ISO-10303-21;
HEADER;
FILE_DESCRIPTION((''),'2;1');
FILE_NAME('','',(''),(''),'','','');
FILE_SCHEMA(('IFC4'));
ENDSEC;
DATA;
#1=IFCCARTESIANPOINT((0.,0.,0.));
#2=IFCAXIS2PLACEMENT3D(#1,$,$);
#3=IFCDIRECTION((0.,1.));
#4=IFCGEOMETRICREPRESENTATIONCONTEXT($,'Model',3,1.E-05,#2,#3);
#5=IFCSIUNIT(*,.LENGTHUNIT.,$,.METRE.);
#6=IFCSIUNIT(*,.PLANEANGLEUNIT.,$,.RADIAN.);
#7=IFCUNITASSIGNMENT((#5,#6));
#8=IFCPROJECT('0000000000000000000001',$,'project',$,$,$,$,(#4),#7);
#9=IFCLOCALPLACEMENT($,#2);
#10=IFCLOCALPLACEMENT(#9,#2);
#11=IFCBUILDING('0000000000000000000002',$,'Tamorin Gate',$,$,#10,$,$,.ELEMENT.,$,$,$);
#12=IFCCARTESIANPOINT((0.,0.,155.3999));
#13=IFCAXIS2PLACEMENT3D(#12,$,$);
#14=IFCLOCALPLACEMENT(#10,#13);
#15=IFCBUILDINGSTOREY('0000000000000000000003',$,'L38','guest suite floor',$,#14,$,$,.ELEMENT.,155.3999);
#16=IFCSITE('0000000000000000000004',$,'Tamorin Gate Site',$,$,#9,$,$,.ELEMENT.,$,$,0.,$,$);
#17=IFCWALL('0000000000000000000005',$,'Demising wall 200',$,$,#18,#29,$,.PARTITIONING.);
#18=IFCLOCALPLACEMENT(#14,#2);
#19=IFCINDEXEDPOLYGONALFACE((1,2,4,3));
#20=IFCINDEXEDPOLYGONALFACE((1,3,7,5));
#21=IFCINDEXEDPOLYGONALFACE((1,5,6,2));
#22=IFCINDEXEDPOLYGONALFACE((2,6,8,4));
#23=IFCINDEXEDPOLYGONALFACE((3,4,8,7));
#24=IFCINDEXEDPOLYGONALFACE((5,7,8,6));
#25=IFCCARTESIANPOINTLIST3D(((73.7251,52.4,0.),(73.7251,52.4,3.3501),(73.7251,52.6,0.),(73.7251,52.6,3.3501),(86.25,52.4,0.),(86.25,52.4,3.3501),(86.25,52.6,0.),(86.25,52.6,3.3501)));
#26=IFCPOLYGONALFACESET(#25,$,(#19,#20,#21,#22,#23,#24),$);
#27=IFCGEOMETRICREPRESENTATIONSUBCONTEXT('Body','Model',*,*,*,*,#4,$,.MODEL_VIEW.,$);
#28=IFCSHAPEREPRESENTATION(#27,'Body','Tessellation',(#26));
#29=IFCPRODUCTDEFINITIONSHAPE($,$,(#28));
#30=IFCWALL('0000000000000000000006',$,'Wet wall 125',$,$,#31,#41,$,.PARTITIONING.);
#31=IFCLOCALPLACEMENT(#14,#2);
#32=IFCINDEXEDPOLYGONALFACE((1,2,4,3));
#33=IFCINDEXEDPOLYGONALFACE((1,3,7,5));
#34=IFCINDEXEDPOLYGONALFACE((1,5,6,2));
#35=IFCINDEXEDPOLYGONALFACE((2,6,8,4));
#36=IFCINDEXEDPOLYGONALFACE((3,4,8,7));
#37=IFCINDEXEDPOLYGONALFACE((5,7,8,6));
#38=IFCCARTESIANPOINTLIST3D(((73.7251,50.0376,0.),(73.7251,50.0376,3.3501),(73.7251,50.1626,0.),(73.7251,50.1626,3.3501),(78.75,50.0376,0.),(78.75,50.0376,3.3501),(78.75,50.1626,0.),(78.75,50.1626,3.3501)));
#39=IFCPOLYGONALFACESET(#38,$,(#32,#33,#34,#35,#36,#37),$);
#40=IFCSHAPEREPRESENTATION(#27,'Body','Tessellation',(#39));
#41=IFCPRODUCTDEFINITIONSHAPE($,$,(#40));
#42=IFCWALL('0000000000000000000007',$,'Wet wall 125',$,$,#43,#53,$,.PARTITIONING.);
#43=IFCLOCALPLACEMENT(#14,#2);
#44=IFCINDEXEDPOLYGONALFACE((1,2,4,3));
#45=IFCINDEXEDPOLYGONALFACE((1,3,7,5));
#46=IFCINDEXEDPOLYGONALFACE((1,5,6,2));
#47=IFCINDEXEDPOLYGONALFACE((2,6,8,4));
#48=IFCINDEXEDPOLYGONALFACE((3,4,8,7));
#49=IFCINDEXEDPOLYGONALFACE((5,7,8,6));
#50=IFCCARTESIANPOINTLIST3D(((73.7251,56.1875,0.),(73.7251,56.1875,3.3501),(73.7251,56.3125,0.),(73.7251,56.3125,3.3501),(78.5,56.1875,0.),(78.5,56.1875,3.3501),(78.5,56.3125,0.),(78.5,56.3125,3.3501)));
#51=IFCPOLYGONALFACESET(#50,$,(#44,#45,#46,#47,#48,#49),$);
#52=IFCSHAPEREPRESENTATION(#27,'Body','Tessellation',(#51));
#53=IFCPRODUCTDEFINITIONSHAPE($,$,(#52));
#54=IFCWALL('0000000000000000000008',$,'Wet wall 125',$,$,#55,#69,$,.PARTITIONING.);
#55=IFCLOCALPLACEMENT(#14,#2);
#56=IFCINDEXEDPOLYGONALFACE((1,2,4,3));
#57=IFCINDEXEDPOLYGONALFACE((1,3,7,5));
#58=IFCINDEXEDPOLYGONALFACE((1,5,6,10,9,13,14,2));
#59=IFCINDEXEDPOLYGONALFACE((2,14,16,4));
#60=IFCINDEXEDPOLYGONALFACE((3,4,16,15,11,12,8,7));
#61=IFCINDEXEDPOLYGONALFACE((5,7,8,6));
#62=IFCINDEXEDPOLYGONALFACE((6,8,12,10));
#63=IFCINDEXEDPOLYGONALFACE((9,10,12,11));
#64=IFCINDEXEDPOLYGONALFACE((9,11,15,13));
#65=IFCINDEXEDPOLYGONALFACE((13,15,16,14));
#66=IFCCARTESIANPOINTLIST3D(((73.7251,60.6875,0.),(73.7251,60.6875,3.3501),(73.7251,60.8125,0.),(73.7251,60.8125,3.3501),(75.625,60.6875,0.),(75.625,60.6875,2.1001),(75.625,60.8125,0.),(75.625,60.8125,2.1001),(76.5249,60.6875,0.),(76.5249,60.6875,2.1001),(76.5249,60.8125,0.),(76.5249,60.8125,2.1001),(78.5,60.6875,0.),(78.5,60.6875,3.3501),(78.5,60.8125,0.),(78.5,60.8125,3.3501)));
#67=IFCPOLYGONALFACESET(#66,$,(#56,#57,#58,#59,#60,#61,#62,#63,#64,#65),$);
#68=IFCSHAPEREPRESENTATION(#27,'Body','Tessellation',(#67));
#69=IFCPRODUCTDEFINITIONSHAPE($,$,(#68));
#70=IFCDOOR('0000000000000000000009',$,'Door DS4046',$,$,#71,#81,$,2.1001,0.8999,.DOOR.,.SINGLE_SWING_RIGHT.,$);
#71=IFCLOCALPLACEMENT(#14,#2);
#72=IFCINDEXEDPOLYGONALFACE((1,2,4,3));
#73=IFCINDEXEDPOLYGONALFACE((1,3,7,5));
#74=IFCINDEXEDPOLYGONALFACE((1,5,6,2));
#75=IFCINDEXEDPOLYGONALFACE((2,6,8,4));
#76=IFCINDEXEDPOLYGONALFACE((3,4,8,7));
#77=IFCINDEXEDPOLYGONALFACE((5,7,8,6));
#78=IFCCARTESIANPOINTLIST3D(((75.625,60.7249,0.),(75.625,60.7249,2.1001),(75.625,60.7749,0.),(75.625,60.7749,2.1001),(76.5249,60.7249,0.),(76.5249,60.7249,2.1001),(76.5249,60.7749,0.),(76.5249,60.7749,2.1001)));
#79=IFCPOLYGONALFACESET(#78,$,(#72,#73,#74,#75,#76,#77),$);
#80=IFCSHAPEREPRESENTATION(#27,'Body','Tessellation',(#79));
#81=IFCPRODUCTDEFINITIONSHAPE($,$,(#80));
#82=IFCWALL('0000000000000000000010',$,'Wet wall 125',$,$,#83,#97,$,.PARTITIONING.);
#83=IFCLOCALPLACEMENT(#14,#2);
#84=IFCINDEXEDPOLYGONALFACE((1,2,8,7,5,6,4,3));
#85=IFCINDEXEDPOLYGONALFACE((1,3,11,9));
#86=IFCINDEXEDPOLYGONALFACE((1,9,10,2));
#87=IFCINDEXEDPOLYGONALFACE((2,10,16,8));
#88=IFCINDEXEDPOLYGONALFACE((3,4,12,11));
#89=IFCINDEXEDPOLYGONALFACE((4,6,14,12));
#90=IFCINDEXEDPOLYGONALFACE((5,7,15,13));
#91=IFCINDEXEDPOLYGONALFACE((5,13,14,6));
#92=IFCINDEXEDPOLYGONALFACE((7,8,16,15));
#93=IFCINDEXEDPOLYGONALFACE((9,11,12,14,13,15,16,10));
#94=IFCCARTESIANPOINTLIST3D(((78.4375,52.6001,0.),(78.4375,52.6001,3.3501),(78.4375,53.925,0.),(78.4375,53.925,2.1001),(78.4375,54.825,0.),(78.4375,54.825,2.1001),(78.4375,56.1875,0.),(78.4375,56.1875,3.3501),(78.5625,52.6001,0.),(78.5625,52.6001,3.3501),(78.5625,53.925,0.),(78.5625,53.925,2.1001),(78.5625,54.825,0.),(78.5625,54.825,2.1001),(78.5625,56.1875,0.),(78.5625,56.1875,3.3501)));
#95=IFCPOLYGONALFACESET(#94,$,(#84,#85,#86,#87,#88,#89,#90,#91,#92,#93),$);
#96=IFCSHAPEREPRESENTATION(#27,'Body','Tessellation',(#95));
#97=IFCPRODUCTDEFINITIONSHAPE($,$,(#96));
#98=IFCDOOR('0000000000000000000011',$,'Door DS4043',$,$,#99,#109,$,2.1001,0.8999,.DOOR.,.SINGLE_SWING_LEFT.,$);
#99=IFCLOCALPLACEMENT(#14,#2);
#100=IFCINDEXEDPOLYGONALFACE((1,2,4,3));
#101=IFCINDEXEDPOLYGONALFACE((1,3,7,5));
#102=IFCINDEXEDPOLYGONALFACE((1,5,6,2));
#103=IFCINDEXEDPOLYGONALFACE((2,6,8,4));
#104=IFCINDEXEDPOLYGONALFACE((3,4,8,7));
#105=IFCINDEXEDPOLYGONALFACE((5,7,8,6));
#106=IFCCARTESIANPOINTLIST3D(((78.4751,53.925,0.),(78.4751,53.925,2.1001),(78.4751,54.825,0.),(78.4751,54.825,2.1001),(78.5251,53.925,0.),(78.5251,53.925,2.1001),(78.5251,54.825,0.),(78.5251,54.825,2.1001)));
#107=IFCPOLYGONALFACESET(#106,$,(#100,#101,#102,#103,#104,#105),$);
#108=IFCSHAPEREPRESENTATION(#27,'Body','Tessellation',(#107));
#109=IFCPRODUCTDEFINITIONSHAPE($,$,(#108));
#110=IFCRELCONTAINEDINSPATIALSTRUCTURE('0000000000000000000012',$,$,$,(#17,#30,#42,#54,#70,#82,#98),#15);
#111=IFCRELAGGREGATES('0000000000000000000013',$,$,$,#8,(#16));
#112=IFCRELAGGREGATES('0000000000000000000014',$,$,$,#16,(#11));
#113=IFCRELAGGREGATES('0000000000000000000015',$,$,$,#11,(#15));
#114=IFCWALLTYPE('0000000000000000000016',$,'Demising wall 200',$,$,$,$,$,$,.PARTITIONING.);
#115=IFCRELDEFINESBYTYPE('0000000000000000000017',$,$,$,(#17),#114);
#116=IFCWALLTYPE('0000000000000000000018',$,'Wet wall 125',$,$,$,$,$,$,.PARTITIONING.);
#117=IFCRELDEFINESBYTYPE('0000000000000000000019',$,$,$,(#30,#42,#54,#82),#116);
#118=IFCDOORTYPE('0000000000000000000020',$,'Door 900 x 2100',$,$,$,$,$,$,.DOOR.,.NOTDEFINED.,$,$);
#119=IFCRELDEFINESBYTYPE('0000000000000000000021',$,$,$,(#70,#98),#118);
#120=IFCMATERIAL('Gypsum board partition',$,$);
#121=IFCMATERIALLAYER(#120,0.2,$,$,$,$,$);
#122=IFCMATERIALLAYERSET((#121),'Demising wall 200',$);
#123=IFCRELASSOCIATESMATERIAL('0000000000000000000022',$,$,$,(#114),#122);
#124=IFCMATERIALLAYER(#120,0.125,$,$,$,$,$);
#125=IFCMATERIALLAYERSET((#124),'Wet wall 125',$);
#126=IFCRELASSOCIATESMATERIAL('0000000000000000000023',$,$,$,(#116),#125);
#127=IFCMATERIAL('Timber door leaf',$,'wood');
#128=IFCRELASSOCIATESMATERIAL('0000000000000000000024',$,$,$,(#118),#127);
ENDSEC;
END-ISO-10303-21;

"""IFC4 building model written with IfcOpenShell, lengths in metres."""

from ifc_helpers import new_model, si_unit, direction, frame, frame_2d, origin, place, context, subcontext, project, spatial, rectangle, extrude, material, layer, layer_set, type_object, element, fill, save


model = new_model("IFC4")

# Units and contexts
model_context = context("Model", 3, precision=1e-05, world=origin(), true_north=direction((0.0, 1.0)))
body_context = subcontext(model_context, "Body", "Model", "MODEL_VIEW")
ifc_project = project(units=[si_unit("LENGTHUNIT", "METRE"), si_unit("PLANEANGLEUNIT", "RADIAN")], contexts=[model_context])

# Site, building, storey
site_placement = place(None, origin())
site = spatial("IfcSite", under=ifc_project, at=site_placement, Name="Tamorin Gate Site", CompositionType="ELEMENT", RefElevation=0.0)
building_placement = place(site_placement, origin())
building = spatial("IfcBuilding", under=site, at=building_placement, Name="Tamorin Gate", CompositionType="ELEMENT")
storey_placement = place(building_placement, frame((0.0, 0.0, 155.3999)))
storey = spatial("IfcBuildingStorey", under=building, at=storey_placement, Name="L38", Description="guest suite floor", CompositionType="ELEMENT", Elevation=155.3999)

# Shared definitions
ifc_material_1 = material(Name="Gypsum board partition")
ifc_material_2 = material(Name="Timber door leaf", Category="wood")

# Walls
ifc_layer_1 = layer(ifc_material_1, 0.2)
ifc_layer_set_1 = layer_set([ifc_layer_1], Name="Demising wall 200")
wall_type_1 = type_object("IfcWallType", Name="Demising wall 200", PredefinedType="PARTITIONING", material=ifc_layer_set_1)
wall_1_placement = place(storey_placement, frame((73.7251, 52.5, 0.0), z_axis=(0.0, 0.0, 1.0), x_axis=(1.0, 0.0, 0.0)))
element("IfcWall", 1, at=wall_1_placement, inside=storey, type_object=wall_type_1, Name="Demising wall 200", PredefinedType="PARTITIONING", context=body_context, shape_type="SweptSolid", body=[
    extrude(rectangle(XDim=12.5249, YDim=0.2, at=frame_2d((6.2625, 0.0))), origin(), (0.0, 0.0, 1.0), 3.3501),
])
ifc_layer_2 = layer(ifc_material_1, 0.125)
ifc_layer_set_2 = layer_set([ifc_layer_2], Name="Wet wall 125")
wall_type_2 = type_object("IfcWallType", Name="Wet wall 125", PredefinedType="PARTITIONING", material=ifc_layer_set_2)
wall_2_placement = place(storey_placement, frame((73.7251, 50.1001, 0.0), z_axis=(0.0, 0.0, 1.0), x_axis=(1.0, 0.0, 0.0)))
element("IfcWall", 2, at=wall_2_placement, inside=storey, type_object=wall_type_2, Name="Wet wall 125", PredefinedType="PARTITIONING", context=body_context, shape_type="SweptSolid", body=[
    extrude(rectangle(XDim=5.0249, YDim=0.125, at=frame_2d((2.5125, 0.0))), origin(), (0.0, 0.0, 1.0), 3.3501),
])
wall_3_placement = place(storey_placement, frame((73.7251, 56.25, 0.0), z_axis=(0.0, 0.0, 1.0), x_axis=(1.0, 0.0, 0.0)))
element("IfcWall", 3, at=wall_3_placement, inside=storey, type_object=wall_type_2, Name="Wet wall 125", PredefinedType="PARTITIONING", context=body_context, shape_type="SweptSolid", body=[
    extrude(rectangle(XDim=4.7749, YDim=0.125, at=frame_2d((2.3875, 0.0))), origin(), (0.0, 0.0, 1.0), 3.3501),
])

# Walls, openings, doors
wall_4_placement = place(storey_placement, frame((73.7251, 60.75, 0.0), z_axis=(0.0, 0.0, 1.0), x_axis=(1.0, 0.0, 0.0)))
wall_4 = element("IfcWall", 4, at=wall_4_placement, inside=storey, type_object=wall_type_2, Name="Wet wall 125", PredefinedType="PARTITIONING", context=body_context, shape_type="SweptSolid", body=[
    extrude(rectangle(XDim=4.7749, YDim=0.125, at=frame_2d((2.3875, 0.0))), origin(), (0.0, 0.0, 1.0), 3.3501),
])
opening_1_placement = place(wall_4_placement, frame((1.8999, 0.0, 0.0)))
opening_1 = element("IfcOpeningElement", 5, at=opening_1_placement, cuts=wall_4, PredefinedType="OPENING", context=body_context, shape_type="SweptSolid", body=[
    extrude(rectangle(XDim=0.8999, YDim=2.1001, at=frame_2d((0.45, 1.05))), frame((0.0, 0.0725, 0.0), z_axis=(0.0, -1.0, 0.0), x_axis=(1.0, 0.0, 0.0)), (0.0, 0.0, 1.0), 0.145),
])
door_type_1 = type_object("IfcDoorType", Name="Door 900 x 2100", OperationType="NOTDEFINED", PredefinedType="DOOR", material=ifc_material_2)
door_1_placement = place(opening_1_placement, origin())
door_1 = element("IfcDoor", 6, at=door_1_placement, inside=storey, type_object=door_type_1, Name="Door DS4046", OperationType="SINGLE_SWING_RIGHT", OverallHeight=2.1001, OverallWidth=0.8999, PredefinedType="DOOR", context=body_context, shape_type="SweptSolid", body=[
    extrude(rectangle(XDim=0.8999, YDim=2.1001, at=frame_2d((0.45, 1.05))), frame((0.0, 0.0249, 0.0), z_axis=(0.0, -1.0, 0.0), x_axis=(1.0, 0.0, 0.0)), (0.0, 0.0, 1.0), 0.05),
])
fill(opening_1, door_1)
wall_5_placement = place(storey_placement, frame((78.5, 52.6001, 0.0), z_axis=(0.0, 0.0, 1.0), x_axis=(0.0, 1.0, 0.0)))
wall_5 = element("IfcWall", 7, at=wall_5_placement, inside=storey, type_object=wall_type_2, Name="Wet wall 125", PredefinedType="PARTITIONING", context=body_context, shape_type="SweptSolid", body=[
    extrude(rectangle(XDim=3.5874, YDim=0.125, at=frame_2d((1.7937, 0.0))), origin(), (0.0, 0.0, 1.0), 3.3501),
])
opening_2_placement = place(wall_5_placement, frame((1.325, 0.0, 0.0)))
opening_2 = element("IfcOpeningElement", 8, at=opening_2_placement, cuts=wall_5, PredefinedType="OPENING", context=body_context, shape_type="SweptSolid", body=[
    extrude(rectangle(XDim=0.8999, YDim=2.1001, at=frame_2d((0.45, 1.05))), frame((0.0, 0.0725, 0.0), z_axis=(0.0, -1.0, 0.0), x_axis=(1.0, 0.0, 0.0)), (0.0, 0.0, 1.0), 0.145),
])
door_2_placement = place(opening_2_placement, origin())
door_2 = element("IfcDoor", 9, at=door_2_placement, inside=storey, type_object=door_type_1, Name="Door DS4043", OperationType="SINGLE_SWING_LEFT", OverallHeight=2.1001, OverallWidth=0.8999, PredefinedType="DOOR", context=body_context, shape_type="SweptSolid", body=[
    extrude(rectangle(XDim=0.8999, YDim=2.1001, at=frame_2d((0.45, 1.05))), frame((0.0, 0.0249, 0.0), z_axis=(0.0, -1.0, 0.0), x_axis=(1.0, 0.0, 0.0)), (0.0, 0.0, 1.0), 0.05),
])
fill(opening_2, door_2)

save(model, "model.ifc")
